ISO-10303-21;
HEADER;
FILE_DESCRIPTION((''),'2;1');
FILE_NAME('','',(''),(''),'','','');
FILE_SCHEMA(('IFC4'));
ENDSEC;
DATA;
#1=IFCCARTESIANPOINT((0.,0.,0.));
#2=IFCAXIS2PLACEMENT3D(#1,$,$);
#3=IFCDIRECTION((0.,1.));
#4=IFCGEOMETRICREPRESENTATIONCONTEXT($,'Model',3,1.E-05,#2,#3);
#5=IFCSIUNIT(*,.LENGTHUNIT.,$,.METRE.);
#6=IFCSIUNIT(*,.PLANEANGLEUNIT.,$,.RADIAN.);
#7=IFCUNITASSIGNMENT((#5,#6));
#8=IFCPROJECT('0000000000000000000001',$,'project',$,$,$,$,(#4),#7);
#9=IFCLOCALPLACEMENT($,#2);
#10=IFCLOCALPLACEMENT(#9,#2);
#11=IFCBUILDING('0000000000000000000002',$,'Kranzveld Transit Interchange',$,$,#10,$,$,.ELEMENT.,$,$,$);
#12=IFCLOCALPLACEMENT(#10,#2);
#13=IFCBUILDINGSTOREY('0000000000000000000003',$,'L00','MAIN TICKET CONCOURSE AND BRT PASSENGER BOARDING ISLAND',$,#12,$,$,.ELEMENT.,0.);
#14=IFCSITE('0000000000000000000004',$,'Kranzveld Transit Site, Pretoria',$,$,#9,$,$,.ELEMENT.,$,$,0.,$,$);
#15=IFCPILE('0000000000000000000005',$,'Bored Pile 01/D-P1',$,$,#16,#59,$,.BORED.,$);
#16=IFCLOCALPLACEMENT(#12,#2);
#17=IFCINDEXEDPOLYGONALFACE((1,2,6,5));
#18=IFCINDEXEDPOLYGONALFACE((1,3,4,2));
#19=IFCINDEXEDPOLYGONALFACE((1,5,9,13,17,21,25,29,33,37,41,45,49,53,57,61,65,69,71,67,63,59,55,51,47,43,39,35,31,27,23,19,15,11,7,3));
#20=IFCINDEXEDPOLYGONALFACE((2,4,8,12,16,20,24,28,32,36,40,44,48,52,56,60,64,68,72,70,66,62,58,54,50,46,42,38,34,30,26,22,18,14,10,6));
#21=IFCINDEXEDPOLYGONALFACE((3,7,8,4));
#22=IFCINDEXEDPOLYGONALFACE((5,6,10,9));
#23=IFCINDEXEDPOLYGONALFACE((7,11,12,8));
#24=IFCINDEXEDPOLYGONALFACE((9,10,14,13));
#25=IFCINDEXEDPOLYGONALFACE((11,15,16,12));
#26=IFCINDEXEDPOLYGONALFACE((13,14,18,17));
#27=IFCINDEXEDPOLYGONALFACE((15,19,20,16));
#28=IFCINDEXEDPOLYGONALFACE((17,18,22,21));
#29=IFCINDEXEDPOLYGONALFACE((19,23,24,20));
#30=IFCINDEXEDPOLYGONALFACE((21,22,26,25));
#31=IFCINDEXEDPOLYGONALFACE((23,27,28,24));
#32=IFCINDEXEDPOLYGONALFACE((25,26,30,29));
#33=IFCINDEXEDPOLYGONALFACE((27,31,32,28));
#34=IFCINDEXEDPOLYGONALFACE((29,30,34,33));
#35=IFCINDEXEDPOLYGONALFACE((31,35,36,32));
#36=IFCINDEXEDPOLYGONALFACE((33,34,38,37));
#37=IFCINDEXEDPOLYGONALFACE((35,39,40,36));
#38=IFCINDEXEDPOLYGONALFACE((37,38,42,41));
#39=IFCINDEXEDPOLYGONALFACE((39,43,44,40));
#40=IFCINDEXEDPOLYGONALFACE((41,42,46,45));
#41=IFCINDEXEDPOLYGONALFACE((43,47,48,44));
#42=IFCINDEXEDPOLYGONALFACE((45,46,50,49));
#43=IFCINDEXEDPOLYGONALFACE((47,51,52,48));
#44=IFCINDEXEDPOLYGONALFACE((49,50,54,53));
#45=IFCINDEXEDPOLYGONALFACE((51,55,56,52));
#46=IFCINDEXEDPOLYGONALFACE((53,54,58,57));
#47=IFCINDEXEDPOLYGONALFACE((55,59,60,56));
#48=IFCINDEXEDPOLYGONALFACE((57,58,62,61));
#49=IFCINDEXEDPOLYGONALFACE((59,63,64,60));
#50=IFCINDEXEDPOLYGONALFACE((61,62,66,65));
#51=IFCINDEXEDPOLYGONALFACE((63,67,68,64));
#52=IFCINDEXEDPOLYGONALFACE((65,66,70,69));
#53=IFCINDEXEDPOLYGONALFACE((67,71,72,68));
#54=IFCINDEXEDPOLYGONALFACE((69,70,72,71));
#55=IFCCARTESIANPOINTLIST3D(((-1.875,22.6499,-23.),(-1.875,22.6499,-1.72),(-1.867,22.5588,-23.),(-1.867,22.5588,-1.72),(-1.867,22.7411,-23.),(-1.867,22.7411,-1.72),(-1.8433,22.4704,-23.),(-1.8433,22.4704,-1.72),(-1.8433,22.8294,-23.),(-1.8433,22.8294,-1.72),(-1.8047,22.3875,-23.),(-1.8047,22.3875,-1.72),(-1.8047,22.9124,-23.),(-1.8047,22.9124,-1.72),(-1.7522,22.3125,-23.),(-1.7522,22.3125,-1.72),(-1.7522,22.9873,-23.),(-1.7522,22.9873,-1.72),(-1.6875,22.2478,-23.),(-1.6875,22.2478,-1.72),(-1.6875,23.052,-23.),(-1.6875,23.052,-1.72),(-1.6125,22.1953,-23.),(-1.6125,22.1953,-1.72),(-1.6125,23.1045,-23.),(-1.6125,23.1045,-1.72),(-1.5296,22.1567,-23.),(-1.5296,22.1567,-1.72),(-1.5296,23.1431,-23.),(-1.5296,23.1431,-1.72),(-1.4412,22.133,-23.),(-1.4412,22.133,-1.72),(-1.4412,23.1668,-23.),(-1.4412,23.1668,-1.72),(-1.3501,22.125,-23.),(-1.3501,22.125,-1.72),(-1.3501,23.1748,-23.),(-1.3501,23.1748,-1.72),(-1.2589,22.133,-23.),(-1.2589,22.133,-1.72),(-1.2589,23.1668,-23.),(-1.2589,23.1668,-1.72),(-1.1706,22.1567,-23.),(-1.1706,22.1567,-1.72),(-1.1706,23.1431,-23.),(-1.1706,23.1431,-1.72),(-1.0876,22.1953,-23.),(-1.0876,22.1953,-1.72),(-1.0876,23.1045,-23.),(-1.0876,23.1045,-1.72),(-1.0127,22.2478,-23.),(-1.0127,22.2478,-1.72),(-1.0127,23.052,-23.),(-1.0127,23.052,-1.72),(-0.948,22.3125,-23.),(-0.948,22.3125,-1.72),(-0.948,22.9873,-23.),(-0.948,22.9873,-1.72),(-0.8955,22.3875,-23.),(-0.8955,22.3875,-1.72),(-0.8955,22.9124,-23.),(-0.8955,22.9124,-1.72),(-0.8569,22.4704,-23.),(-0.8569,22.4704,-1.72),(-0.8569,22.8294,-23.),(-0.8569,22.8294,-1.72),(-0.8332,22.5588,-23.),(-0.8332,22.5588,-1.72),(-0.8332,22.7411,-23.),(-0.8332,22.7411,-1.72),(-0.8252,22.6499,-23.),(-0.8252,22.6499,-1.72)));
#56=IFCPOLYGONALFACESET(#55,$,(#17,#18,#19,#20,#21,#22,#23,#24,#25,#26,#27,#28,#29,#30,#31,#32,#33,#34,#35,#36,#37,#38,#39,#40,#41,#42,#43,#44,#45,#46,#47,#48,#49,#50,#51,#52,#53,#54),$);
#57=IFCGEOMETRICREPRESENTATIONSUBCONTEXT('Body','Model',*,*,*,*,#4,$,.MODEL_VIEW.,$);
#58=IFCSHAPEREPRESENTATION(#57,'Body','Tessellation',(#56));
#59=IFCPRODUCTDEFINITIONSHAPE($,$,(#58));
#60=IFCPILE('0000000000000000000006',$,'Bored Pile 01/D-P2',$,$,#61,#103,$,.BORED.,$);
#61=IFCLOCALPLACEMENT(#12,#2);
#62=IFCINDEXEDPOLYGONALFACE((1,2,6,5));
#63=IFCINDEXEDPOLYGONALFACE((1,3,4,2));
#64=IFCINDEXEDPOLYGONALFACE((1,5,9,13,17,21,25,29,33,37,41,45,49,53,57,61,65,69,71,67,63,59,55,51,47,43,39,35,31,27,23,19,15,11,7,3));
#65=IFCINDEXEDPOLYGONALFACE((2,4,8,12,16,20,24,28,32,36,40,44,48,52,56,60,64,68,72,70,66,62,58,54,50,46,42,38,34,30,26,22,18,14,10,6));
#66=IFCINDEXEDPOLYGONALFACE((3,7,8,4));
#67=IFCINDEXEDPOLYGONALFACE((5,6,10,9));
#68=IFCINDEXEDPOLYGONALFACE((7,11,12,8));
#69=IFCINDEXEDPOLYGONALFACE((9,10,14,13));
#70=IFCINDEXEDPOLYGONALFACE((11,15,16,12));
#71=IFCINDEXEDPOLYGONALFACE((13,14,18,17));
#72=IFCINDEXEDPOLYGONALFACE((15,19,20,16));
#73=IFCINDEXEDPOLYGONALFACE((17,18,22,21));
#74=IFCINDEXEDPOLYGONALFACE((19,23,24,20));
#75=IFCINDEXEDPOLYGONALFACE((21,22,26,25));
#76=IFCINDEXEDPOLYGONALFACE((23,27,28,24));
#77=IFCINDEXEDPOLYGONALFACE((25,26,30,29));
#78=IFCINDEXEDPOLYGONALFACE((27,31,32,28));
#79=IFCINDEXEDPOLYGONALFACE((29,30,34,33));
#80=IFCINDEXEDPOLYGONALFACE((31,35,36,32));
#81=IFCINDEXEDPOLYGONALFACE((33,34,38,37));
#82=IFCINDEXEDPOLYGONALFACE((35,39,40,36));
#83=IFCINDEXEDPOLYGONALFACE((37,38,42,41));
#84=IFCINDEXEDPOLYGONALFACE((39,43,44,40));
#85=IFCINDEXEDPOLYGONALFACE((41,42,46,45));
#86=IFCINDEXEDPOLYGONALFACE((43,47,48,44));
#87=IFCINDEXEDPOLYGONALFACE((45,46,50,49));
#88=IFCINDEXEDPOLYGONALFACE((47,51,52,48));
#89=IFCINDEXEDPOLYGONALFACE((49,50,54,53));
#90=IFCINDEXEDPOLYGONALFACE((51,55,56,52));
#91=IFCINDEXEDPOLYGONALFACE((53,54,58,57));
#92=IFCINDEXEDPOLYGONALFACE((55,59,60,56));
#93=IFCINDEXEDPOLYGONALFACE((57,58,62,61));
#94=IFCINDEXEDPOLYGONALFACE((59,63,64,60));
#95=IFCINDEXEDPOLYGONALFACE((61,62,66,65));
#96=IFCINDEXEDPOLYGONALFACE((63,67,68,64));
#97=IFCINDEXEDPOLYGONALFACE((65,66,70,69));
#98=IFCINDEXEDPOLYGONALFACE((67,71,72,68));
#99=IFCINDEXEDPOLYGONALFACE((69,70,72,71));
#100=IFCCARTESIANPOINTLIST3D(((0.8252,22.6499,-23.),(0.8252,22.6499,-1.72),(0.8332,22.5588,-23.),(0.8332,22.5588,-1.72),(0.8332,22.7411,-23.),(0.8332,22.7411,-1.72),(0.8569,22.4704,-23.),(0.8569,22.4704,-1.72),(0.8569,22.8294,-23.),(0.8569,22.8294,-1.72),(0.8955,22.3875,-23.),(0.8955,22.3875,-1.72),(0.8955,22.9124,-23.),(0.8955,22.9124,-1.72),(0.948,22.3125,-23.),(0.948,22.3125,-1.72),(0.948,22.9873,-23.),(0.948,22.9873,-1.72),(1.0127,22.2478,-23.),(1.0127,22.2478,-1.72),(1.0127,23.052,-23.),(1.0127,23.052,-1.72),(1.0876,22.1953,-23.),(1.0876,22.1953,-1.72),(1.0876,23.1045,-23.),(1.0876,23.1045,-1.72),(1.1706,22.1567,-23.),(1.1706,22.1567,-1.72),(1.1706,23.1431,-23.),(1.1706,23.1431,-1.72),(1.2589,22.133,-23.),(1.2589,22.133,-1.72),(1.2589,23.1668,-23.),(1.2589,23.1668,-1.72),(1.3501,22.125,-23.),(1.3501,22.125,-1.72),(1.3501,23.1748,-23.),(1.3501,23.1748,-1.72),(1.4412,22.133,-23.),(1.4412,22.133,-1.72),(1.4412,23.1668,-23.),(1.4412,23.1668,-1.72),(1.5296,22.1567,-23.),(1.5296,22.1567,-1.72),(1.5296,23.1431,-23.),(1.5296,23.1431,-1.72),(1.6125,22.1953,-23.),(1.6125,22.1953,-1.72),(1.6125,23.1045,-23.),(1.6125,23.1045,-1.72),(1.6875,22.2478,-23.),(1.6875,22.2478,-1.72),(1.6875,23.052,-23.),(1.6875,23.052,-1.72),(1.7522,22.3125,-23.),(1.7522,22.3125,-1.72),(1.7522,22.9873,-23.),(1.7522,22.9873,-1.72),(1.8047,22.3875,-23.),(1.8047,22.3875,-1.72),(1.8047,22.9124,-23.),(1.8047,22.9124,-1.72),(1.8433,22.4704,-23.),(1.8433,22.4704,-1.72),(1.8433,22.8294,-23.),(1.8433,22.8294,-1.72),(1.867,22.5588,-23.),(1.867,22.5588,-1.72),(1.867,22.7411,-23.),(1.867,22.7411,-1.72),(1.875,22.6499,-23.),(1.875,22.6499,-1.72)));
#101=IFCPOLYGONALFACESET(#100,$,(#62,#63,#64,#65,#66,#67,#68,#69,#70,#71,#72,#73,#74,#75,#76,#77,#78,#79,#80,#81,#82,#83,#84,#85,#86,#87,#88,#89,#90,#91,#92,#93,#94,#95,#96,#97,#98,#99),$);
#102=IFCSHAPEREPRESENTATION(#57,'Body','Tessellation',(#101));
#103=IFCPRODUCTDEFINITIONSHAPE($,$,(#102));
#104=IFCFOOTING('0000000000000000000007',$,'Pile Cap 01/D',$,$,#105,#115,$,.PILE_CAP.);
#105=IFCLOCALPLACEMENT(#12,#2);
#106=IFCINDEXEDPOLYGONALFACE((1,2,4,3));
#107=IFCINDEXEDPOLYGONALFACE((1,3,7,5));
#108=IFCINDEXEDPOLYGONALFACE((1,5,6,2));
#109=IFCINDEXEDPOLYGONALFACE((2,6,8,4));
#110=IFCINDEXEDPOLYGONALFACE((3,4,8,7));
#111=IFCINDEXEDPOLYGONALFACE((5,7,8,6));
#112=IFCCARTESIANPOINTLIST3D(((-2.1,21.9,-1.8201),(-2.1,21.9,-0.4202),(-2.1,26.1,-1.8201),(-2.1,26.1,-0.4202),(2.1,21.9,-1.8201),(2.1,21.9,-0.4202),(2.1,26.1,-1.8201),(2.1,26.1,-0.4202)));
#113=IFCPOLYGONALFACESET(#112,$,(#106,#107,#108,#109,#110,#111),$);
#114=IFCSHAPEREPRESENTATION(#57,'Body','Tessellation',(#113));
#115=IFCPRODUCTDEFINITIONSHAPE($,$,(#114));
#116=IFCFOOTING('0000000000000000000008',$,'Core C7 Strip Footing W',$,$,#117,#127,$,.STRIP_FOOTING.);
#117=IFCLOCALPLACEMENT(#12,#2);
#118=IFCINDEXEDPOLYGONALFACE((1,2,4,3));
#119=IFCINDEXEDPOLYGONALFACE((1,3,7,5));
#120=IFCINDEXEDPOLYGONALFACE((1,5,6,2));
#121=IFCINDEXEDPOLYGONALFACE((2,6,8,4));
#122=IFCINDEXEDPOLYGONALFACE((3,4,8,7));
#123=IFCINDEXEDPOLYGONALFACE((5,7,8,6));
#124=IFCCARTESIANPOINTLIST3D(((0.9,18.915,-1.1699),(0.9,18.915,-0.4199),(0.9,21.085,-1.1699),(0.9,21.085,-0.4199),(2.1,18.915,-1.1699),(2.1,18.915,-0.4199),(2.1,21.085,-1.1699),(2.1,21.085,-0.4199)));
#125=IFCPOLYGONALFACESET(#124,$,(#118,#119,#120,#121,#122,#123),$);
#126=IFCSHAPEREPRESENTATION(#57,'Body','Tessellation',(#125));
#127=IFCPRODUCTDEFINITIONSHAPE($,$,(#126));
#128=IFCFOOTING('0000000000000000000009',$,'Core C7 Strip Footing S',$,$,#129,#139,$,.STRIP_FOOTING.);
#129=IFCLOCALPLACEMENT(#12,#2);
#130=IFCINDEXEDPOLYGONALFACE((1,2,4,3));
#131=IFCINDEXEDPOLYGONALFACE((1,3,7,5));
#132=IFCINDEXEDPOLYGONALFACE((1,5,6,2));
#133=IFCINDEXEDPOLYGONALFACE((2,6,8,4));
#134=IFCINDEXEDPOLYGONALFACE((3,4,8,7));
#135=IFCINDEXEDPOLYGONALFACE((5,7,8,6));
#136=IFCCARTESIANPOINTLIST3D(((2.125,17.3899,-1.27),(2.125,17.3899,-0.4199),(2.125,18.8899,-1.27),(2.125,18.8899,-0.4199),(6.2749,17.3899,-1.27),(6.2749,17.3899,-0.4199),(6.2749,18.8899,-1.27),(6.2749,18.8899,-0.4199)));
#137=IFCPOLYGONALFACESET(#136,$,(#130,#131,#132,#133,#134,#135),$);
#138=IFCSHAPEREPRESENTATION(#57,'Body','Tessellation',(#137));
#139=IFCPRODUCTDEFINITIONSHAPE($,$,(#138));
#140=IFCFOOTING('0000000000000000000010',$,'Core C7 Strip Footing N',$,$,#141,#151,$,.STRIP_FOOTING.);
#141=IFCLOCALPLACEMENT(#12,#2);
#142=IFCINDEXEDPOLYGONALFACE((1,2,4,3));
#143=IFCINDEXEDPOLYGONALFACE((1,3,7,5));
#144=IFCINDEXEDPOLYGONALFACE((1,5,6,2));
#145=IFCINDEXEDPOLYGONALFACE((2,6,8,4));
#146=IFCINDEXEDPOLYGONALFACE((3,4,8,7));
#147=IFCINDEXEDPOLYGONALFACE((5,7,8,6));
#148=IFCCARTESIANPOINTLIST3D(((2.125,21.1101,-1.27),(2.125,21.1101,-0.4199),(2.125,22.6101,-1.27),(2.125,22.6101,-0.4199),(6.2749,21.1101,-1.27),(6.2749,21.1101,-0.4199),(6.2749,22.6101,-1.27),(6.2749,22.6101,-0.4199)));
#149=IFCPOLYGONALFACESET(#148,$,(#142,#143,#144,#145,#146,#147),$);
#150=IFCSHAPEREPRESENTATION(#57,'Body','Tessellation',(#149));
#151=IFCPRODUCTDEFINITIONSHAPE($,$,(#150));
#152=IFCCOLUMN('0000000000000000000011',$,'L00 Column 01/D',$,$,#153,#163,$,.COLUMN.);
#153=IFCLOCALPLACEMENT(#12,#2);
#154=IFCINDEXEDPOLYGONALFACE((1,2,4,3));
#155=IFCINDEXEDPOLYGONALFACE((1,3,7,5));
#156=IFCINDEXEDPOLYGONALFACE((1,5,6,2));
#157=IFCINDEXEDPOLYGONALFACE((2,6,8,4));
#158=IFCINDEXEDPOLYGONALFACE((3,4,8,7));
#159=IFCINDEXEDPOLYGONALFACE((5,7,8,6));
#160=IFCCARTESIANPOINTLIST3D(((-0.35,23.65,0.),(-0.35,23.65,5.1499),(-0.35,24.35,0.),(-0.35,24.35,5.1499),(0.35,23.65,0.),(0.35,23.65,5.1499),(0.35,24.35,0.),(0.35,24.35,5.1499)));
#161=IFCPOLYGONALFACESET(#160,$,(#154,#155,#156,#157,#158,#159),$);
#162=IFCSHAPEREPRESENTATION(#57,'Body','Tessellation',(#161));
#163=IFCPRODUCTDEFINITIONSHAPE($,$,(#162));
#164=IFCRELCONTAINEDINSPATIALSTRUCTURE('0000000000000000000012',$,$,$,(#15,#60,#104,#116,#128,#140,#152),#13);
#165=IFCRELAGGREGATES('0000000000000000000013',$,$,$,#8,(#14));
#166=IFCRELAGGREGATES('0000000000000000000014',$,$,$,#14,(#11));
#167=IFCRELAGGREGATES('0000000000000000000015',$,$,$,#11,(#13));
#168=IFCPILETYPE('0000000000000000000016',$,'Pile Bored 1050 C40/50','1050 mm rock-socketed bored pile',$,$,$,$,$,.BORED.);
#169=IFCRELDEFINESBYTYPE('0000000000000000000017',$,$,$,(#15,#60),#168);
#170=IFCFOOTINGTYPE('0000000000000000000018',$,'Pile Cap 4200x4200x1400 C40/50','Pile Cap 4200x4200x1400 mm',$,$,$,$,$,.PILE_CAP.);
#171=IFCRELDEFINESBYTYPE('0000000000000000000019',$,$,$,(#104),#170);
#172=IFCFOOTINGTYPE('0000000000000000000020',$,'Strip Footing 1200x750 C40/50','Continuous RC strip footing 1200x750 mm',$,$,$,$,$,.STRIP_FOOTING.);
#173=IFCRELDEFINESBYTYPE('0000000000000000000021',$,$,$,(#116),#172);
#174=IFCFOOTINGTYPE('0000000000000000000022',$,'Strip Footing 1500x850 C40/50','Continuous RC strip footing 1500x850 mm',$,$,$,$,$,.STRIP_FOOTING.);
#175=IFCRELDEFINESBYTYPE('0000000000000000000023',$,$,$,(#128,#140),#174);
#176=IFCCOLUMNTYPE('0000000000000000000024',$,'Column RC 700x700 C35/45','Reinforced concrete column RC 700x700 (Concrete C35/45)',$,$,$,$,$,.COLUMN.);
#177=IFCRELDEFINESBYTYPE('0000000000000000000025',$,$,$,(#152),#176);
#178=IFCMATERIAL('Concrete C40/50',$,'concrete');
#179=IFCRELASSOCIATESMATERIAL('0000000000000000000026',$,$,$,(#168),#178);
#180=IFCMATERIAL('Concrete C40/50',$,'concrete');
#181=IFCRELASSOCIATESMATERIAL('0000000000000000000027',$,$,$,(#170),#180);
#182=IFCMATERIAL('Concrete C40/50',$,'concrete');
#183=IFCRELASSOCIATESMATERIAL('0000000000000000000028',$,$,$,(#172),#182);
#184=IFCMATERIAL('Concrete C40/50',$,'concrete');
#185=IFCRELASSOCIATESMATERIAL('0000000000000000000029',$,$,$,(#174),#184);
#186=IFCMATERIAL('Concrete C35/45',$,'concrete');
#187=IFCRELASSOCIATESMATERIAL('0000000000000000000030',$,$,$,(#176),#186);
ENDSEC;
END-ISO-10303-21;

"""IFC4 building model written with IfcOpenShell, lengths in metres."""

from ifc_helpers import new_model, si_unit, direction, frame, origin, origin_2d, place, context, subcontext, project, spatial, rectangle, circle, extrude, material, material_profile, profile_set, type_object, element, save


model = new_model("IFC4")

# Units and contexts
model_context = context("Model", 3, precision=1e-05, world=origin(), true_north=direction((0.0, 1.0)))
body_context = subcontext(model_context, "Body", "Model", "MODEL_VIEW")
ifc_project = project(units=[si_unit("LENGTHUNIT", "METRE"), si_unit("PLANEANGLEUNIT", "RADIAN")], contexts=[model_context])

# Site, building, storey
site_placement = place(None, origin())
site = spatial("IfcSite", under=ifc_project, at=site_placement, Name="Kranzveld Transit Site, Pretoria", CompositionType="ELEMENT", RefElevation=0.0)
building_placement = place(site_placement, origin())
building = spatial("IfcBuilding", under=site, at=building_placement, Name="Kranzveld Transit Interchange", CompositionType="ELEMENT")
storey_placement = place(building_placement, origin())
storey = spatial("IfcBuildingStorey", under=building, at=storey_placement, Name="L00", Description="MAIN TICKET CONCOURSE AND BRT PASSENGER BOARDING ISLAND", CompositionType="ELEMENT", Elevation=0.0)

# Piles
ifc_material_1 = material(Name="Concrete C40/50", Category="concrete")
ifc_material_profile_1 = material_profile(ifc_material_1, circle(Radius=0.5249, at=origin_2d()), Name="BORED PILE 1050")
ifc_profile_set_1 = profile_set([ifc_material_profile_1], Name="Concrete C40/50")
pile_type = type_object("IfcPileType", Name="Pile Bored 1050 C40/50", Description="1050 mm rock-socketed bored pile", PredefinedType="BORED", material=ifc_profile_set_1)
for number, where, z_axis, x_axis, name in (
    (1, (-1.3501, 22.6499, -1.72), (0.0, 0.0, -1.0), (1.0, 0.0, 0.0), "Bored Pile 01/D-P1"),
    (2, (1.3501, 22.6499, -1.72), (0.0, 0.0, -1.0), (1.0, 0.0, 0.0), "Bored Pile 01/D-P2"),
):
    element("IfcPile", number, at=place(storey_placement, frame(where, z_axis=z_axis, x_axis=x_axis)), inside=storey, type_object=pile_type, Name=name, PredefinedType="BORED", context=body_context, shape_type="SweptSolid", body=[
        extrude(circle(Radius=0.5249, at=origin_2d()), origin(), (0.0, 0.0, 1.0), 21.28),
    ])

# Footings
ifc_material_2 = material(Name="Concrete C40/50", Category="concrete")
footing_type_1 = type_object("IfcFootingType", Name="Pile Cap 4200x4200x1400 C40/50", Description="Pile Cap 4200x4200x1400 mm", PredefinedType="PILE_CAP", material=ifc_material_2)
footing_1_placement = place(storey_placement, frame((0.0, 24.0, -1.8201), z_axis=(0.0, 0.0, 1.0), x_axis=(1.0, 0.0, 0.0)))
element("IfcFooting", 3, at=footing_1_placement, inside=storey, type_object=footing_type_1, Name="Pile Cap 01/D", PredefinedType="PILE_CAP", context=body_context, shape_type="SweptSolid", body=[
    extrude(rectangle(XDim=4.2, YDim=4.2, at=origin_2d()), origin(), (0.0, 0.0, 1.0), 1.3999),
])
ifc_material_3 = material(Name="Concrete C40/50", Category="concrete")
ifc_material_profile_2 = material_profile(ifc_material_3, rectangle(XDim=1.2, YDim=0.75, at=origin_2d()), Name="SF 1200x750")
ifc_profile_set_2 = profile_set([ifc_material_profile_2], Name="Concrete C40/50")
footing_type_2 = type_object("IfcFootingType", Name="Strip Footing 1200x750 C40/50", Description="Continuous RC strip footing 1200x750 mm", PredefinedType="STRIP_FOOTING", material=ifc_profile_set_2)
footing_2_placement = place(storey_placement, frame((1.5, 18.915, -0.7949), z_axis=(0.0, 1.0, 0.0), x_axis=(-1.0, 0.0, 0.0)))
element("IfcFooting", 4, at=footing_2_placement, inside=storey, type_object=footing_type_2, Name="Core C7 Strip Footing W", PredefinedType="STRIP_FOOTING", context=body_context, shape_type="SweptSolid", body=[
    extrude(rectangle(XDim=1.2, YDim=0.75, at=origin_2d()), origin(), (0.0, 0.0, 1.0), 2.1699),
])
ifc_material_4 = material(Name="Concrete C40/50", Category="concrete")
ifc_material_profile_3 = material_profile(ifc_material_4, rectangle(XDim=1.5, YDim=0.8501, at=origin_2d()), Name="SF 1500x850")
ifc_profile_set_3 = profile_set([ifc_material_profile_3], Name="Concrete C40/50")
footing_type_3 = type_object("IfcFootingType", Name="Strip Footing 1500x850 C40/50", Description="Continuous RC strip footing 1500x850 mm", PredefinedType="STRIP_FOOTING", material=ifc_profile_set_3)
for number, where, z_axis, x_axis, name in (
    (5, (2.125, 18.1399, -0.845), (1.0, 0.0, 0.0), (0.0, 1.0, 0.0), "Core C7 Strip Footing S"),
    (6, (2.125, 21.8601, -0.845), (1.0, 0.0, 0.0), (0.0, 1.0, 0.0), "Core C7 Strip Footing N"),
):
    element("IfcFooting", number, at=place(storey_placement, frame(where, z_axis=z_axis, x_axis=x_axis)), inside=storey, type_object=footing_type_3, Name=name, PredefinedType="STRIP_FOOTING", context=body_context, shape_type="SweptSolid", body=[
        extrude(rectangle(XDim=1.5, YDim=0.8501, at=origin_2d()), origin(), (0.0, 0.0, 1.0), 4.1499),
    ])

# Column
ifc_material_5 = material(Name="Concrete C35/45", Category="concrete")
ifc_material_profile_4 = material_profile(ifc_material_5, rectangle(XDim=0.7, YDim=0.7, at=origin_2d()), Name="RC 700x700")
ifc_profile_set_4 = profile_set([ifc_material_profile_4], Name="Concrete C35/45")
column_type = type_object("IfcColumnType", Name="Column RC 700x700 C35/45", Description="Reinforced concrete column RC 700x700 (Concrete C35/45)", PredefinedType="COLUMN", material=ifc_profile_set_4)
column_placement = place(storey_placement, frame((0.0, 24.0, 0.0), z_axis=(0.0, 0.0, 1.0), x_axis=(1.0, 0.0, 0.0)))
element("IfcColumn", 7, at=column_placement, inside=storey, type_object=column_type, Name="L00 Column 01/D", PredefinedType="COLUMN", context=body_context, shape_type="SweptSolid", body=[
    extrude(rectangle(XDim=0.7, YDim=0.7, at=origin_2d()), origin(), (0.0, 0.0, 1.0), 5.1499),
])

save(model, "model.ifc")
